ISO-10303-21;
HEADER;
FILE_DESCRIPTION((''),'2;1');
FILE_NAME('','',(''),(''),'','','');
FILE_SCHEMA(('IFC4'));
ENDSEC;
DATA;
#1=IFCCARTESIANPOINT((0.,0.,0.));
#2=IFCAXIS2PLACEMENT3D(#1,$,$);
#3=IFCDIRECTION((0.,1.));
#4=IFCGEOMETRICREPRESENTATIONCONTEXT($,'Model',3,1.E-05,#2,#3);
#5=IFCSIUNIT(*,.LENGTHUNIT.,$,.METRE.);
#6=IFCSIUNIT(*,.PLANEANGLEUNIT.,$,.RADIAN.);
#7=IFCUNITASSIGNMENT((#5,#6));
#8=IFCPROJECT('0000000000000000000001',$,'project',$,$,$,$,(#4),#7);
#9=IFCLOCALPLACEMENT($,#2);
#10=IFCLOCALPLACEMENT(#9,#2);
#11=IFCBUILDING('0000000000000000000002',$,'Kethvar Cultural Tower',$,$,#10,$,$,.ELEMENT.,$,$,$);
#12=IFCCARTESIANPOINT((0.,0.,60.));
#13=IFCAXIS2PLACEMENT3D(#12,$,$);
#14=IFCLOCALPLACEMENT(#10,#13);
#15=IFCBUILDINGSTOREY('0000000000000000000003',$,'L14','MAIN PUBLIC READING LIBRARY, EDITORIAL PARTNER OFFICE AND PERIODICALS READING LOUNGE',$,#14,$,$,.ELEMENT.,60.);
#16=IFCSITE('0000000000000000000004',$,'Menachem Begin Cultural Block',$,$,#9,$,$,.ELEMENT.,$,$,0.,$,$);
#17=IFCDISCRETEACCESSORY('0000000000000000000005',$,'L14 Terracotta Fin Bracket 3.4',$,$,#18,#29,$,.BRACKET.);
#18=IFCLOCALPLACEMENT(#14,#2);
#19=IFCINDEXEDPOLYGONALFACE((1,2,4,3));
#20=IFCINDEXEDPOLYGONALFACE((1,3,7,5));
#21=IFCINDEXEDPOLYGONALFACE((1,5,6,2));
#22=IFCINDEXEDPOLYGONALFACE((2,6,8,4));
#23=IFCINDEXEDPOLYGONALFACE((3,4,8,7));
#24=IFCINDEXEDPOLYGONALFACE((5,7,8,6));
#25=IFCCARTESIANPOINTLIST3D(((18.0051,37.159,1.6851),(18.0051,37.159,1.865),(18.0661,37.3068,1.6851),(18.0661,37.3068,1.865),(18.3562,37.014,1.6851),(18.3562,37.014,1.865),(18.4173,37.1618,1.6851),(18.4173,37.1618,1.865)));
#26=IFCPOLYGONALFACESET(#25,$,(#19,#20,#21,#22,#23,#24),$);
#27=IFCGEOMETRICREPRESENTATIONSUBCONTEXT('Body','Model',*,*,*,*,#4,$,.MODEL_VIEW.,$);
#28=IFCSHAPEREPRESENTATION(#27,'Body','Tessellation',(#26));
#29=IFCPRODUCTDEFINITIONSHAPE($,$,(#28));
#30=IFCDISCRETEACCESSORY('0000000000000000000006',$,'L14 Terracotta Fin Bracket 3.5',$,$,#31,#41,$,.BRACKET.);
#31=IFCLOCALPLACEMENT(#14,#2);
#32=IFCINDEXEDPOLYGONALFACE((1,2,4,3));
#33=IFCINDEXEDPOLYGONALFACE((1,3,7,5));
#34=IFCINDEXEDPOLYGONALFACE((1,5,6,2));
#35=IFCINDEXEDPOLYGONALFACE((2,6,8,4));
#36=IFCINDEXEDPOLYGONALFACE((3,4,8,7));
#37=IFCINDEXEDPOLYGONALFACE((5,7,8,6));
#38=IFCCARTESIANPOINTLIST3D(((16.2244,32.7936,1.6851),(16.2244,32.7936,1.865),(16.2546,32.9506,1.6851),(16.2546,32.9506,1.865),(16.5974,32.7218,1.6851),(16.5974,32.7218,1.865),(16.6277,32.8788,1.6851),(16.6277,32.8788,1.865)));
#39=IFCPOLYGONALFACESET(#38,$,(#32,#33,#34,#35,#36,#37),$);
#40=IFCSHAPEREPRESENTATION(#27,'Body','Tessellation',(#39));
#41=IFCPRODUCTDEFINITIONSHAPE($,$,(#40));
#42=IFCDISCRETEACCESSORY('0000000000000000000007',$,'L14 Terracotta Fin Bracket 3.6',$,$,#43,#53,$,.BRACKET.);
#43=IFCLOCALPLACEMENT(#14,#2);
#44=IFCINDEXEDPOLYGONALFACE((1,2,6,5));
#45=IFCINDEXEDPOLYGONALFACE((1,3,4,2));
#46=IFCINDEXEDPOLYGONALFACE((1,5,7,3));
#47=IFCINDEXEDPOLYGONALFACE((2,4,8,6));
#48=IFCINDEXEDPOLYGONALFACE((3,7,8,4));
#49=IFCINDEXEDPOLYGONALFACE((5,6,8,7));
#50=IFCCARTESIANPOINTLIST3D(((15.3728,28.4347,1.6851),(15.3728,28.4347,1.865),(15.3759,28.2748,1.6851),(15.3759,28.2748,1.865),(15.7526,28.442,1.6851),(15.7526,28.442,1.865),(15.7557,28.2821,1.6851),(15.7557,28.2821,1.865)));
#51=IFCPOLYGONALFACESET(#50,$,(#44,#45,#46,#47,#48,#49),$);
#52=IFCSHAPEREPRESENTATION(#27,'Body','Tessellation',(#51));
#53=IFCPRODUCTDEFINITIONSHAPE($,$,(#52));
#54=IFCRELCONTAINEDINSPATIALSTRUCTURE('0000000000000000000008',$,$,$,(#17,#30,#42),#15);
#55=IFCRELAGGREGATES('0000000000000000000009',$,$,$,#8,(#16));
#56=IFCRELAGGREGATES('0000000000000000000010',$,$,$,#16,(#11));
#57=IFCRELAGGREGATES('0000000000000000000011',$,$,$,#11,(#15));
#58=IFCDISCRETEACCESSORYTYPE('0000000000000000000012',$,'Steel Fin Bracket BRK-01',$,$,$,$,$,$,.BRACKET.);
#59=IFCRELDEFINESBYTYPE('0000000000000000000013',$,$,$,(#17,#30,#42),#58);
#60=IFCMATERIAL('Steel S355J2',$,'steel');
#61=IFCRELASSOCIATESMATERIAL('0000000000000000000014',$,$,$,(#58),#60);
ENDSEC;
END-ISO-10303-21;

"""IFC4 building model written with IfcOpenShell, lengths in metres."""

from ifc_helpers import new_model, si_unit, direction, frame, origin, origin_2d, place, context, subcontext, project, spatial, rectangle, extrude, source, transform, mapped, material, type_object, element, save


model = new_model("IFC4")

# Units and contexts
model_context = context("Model", 3, precision=1e-05, world=origin(), true_north=direction((0.0, 1.0)))
body_context = subcontext(model_context, "Body", "Model", "MODEL_VIEW")
ifc_project = project(units=[si_unit("LENGTHUNIT", "METRE"), si_unit("PLANEANGLEUNIT", "RADIAN")], contexts=[model_context])

# Site, building, storey
site_placement = place(None, origin())
site = spatial("IfcSite", under=ifc_project, at=site_placement, Name="Menachem Begin Cultural Block", CompositionType="ELEMENT", RefElevation=0.0)
building_placement = place(site_placement, origin())
building = spatial("IfcBuilding", under=site, at=building_placement, Name="Kethvar Cultural Tower", CompositionType="ELEMENT")
storey_placement = place(building_placement, frame((0.0, 0.0, 60.0)))
storey = spatial("IfcBuildingStorey", under=building, at=storey_placement, Name="L14", Description="MAIN PUBLIC READING LIBRARY, EDITORIAL PARTNER OFFICE AND PERIODICALS READING LOUNGE", CompositionType="ELEMENT", Elevation=60.0)

# Shared definitions
ifc_material_1 = material(Name="Steel S355J2", Category="steel")

# Discrete accessories
discrete_accessory_type = type_object("IfcDiscreteAccessoryType", Name="Steel Fin Bracket BRK-01", PredefinedType="BRACKET", material=ifc_material_1)
shared_shape_1 = source(origin(), body_context, "Body", "SweptSolid", [
    extrude(rectangle(XDim=0.3799, YDim=0.1599, at=origin_2d()), origin(), (0.0, 0.0, 1.0), 0.1799),
])
for number, where, z_axis, x_axis, name in (
    (1, (18.2112, 37.1604, 1.6851), (0.0, 0.0, 1.0), (-0.924346, 0.381554, 0.0), "L14 Terracotta Fin Bracket 3.4"),
    (2, (16.426, 32.8362, 1.6851), (0.0, 0.0, 1.0), (-0.981959, 0.189095, 0.0), "L14 Terracotta Fin Bracket 3.5"),
    (3, (15.5642, 28.3584, 1.6851), (0.0, 0.0, 1.0), (-0.999812, -0.019372, 0.0), "L14 Terracotta Fin Bracket 3.6"),
):
    element("IfcDiscreteAccessory", number, at=place(storey_placement, frame(where, z_axis=z_axis, x_axis=x_axis)), inside=storey, type_object=discrete_accessory_type, Name=name, PredefinedType="BRACKET", context=body_context, shape_type="MappedRepresentation", body=[
        mapped(shared_shape_1, transform((0.0, 0.0, 0.0), scale=1.0)),
    ])

save(model, "model.ifc")
